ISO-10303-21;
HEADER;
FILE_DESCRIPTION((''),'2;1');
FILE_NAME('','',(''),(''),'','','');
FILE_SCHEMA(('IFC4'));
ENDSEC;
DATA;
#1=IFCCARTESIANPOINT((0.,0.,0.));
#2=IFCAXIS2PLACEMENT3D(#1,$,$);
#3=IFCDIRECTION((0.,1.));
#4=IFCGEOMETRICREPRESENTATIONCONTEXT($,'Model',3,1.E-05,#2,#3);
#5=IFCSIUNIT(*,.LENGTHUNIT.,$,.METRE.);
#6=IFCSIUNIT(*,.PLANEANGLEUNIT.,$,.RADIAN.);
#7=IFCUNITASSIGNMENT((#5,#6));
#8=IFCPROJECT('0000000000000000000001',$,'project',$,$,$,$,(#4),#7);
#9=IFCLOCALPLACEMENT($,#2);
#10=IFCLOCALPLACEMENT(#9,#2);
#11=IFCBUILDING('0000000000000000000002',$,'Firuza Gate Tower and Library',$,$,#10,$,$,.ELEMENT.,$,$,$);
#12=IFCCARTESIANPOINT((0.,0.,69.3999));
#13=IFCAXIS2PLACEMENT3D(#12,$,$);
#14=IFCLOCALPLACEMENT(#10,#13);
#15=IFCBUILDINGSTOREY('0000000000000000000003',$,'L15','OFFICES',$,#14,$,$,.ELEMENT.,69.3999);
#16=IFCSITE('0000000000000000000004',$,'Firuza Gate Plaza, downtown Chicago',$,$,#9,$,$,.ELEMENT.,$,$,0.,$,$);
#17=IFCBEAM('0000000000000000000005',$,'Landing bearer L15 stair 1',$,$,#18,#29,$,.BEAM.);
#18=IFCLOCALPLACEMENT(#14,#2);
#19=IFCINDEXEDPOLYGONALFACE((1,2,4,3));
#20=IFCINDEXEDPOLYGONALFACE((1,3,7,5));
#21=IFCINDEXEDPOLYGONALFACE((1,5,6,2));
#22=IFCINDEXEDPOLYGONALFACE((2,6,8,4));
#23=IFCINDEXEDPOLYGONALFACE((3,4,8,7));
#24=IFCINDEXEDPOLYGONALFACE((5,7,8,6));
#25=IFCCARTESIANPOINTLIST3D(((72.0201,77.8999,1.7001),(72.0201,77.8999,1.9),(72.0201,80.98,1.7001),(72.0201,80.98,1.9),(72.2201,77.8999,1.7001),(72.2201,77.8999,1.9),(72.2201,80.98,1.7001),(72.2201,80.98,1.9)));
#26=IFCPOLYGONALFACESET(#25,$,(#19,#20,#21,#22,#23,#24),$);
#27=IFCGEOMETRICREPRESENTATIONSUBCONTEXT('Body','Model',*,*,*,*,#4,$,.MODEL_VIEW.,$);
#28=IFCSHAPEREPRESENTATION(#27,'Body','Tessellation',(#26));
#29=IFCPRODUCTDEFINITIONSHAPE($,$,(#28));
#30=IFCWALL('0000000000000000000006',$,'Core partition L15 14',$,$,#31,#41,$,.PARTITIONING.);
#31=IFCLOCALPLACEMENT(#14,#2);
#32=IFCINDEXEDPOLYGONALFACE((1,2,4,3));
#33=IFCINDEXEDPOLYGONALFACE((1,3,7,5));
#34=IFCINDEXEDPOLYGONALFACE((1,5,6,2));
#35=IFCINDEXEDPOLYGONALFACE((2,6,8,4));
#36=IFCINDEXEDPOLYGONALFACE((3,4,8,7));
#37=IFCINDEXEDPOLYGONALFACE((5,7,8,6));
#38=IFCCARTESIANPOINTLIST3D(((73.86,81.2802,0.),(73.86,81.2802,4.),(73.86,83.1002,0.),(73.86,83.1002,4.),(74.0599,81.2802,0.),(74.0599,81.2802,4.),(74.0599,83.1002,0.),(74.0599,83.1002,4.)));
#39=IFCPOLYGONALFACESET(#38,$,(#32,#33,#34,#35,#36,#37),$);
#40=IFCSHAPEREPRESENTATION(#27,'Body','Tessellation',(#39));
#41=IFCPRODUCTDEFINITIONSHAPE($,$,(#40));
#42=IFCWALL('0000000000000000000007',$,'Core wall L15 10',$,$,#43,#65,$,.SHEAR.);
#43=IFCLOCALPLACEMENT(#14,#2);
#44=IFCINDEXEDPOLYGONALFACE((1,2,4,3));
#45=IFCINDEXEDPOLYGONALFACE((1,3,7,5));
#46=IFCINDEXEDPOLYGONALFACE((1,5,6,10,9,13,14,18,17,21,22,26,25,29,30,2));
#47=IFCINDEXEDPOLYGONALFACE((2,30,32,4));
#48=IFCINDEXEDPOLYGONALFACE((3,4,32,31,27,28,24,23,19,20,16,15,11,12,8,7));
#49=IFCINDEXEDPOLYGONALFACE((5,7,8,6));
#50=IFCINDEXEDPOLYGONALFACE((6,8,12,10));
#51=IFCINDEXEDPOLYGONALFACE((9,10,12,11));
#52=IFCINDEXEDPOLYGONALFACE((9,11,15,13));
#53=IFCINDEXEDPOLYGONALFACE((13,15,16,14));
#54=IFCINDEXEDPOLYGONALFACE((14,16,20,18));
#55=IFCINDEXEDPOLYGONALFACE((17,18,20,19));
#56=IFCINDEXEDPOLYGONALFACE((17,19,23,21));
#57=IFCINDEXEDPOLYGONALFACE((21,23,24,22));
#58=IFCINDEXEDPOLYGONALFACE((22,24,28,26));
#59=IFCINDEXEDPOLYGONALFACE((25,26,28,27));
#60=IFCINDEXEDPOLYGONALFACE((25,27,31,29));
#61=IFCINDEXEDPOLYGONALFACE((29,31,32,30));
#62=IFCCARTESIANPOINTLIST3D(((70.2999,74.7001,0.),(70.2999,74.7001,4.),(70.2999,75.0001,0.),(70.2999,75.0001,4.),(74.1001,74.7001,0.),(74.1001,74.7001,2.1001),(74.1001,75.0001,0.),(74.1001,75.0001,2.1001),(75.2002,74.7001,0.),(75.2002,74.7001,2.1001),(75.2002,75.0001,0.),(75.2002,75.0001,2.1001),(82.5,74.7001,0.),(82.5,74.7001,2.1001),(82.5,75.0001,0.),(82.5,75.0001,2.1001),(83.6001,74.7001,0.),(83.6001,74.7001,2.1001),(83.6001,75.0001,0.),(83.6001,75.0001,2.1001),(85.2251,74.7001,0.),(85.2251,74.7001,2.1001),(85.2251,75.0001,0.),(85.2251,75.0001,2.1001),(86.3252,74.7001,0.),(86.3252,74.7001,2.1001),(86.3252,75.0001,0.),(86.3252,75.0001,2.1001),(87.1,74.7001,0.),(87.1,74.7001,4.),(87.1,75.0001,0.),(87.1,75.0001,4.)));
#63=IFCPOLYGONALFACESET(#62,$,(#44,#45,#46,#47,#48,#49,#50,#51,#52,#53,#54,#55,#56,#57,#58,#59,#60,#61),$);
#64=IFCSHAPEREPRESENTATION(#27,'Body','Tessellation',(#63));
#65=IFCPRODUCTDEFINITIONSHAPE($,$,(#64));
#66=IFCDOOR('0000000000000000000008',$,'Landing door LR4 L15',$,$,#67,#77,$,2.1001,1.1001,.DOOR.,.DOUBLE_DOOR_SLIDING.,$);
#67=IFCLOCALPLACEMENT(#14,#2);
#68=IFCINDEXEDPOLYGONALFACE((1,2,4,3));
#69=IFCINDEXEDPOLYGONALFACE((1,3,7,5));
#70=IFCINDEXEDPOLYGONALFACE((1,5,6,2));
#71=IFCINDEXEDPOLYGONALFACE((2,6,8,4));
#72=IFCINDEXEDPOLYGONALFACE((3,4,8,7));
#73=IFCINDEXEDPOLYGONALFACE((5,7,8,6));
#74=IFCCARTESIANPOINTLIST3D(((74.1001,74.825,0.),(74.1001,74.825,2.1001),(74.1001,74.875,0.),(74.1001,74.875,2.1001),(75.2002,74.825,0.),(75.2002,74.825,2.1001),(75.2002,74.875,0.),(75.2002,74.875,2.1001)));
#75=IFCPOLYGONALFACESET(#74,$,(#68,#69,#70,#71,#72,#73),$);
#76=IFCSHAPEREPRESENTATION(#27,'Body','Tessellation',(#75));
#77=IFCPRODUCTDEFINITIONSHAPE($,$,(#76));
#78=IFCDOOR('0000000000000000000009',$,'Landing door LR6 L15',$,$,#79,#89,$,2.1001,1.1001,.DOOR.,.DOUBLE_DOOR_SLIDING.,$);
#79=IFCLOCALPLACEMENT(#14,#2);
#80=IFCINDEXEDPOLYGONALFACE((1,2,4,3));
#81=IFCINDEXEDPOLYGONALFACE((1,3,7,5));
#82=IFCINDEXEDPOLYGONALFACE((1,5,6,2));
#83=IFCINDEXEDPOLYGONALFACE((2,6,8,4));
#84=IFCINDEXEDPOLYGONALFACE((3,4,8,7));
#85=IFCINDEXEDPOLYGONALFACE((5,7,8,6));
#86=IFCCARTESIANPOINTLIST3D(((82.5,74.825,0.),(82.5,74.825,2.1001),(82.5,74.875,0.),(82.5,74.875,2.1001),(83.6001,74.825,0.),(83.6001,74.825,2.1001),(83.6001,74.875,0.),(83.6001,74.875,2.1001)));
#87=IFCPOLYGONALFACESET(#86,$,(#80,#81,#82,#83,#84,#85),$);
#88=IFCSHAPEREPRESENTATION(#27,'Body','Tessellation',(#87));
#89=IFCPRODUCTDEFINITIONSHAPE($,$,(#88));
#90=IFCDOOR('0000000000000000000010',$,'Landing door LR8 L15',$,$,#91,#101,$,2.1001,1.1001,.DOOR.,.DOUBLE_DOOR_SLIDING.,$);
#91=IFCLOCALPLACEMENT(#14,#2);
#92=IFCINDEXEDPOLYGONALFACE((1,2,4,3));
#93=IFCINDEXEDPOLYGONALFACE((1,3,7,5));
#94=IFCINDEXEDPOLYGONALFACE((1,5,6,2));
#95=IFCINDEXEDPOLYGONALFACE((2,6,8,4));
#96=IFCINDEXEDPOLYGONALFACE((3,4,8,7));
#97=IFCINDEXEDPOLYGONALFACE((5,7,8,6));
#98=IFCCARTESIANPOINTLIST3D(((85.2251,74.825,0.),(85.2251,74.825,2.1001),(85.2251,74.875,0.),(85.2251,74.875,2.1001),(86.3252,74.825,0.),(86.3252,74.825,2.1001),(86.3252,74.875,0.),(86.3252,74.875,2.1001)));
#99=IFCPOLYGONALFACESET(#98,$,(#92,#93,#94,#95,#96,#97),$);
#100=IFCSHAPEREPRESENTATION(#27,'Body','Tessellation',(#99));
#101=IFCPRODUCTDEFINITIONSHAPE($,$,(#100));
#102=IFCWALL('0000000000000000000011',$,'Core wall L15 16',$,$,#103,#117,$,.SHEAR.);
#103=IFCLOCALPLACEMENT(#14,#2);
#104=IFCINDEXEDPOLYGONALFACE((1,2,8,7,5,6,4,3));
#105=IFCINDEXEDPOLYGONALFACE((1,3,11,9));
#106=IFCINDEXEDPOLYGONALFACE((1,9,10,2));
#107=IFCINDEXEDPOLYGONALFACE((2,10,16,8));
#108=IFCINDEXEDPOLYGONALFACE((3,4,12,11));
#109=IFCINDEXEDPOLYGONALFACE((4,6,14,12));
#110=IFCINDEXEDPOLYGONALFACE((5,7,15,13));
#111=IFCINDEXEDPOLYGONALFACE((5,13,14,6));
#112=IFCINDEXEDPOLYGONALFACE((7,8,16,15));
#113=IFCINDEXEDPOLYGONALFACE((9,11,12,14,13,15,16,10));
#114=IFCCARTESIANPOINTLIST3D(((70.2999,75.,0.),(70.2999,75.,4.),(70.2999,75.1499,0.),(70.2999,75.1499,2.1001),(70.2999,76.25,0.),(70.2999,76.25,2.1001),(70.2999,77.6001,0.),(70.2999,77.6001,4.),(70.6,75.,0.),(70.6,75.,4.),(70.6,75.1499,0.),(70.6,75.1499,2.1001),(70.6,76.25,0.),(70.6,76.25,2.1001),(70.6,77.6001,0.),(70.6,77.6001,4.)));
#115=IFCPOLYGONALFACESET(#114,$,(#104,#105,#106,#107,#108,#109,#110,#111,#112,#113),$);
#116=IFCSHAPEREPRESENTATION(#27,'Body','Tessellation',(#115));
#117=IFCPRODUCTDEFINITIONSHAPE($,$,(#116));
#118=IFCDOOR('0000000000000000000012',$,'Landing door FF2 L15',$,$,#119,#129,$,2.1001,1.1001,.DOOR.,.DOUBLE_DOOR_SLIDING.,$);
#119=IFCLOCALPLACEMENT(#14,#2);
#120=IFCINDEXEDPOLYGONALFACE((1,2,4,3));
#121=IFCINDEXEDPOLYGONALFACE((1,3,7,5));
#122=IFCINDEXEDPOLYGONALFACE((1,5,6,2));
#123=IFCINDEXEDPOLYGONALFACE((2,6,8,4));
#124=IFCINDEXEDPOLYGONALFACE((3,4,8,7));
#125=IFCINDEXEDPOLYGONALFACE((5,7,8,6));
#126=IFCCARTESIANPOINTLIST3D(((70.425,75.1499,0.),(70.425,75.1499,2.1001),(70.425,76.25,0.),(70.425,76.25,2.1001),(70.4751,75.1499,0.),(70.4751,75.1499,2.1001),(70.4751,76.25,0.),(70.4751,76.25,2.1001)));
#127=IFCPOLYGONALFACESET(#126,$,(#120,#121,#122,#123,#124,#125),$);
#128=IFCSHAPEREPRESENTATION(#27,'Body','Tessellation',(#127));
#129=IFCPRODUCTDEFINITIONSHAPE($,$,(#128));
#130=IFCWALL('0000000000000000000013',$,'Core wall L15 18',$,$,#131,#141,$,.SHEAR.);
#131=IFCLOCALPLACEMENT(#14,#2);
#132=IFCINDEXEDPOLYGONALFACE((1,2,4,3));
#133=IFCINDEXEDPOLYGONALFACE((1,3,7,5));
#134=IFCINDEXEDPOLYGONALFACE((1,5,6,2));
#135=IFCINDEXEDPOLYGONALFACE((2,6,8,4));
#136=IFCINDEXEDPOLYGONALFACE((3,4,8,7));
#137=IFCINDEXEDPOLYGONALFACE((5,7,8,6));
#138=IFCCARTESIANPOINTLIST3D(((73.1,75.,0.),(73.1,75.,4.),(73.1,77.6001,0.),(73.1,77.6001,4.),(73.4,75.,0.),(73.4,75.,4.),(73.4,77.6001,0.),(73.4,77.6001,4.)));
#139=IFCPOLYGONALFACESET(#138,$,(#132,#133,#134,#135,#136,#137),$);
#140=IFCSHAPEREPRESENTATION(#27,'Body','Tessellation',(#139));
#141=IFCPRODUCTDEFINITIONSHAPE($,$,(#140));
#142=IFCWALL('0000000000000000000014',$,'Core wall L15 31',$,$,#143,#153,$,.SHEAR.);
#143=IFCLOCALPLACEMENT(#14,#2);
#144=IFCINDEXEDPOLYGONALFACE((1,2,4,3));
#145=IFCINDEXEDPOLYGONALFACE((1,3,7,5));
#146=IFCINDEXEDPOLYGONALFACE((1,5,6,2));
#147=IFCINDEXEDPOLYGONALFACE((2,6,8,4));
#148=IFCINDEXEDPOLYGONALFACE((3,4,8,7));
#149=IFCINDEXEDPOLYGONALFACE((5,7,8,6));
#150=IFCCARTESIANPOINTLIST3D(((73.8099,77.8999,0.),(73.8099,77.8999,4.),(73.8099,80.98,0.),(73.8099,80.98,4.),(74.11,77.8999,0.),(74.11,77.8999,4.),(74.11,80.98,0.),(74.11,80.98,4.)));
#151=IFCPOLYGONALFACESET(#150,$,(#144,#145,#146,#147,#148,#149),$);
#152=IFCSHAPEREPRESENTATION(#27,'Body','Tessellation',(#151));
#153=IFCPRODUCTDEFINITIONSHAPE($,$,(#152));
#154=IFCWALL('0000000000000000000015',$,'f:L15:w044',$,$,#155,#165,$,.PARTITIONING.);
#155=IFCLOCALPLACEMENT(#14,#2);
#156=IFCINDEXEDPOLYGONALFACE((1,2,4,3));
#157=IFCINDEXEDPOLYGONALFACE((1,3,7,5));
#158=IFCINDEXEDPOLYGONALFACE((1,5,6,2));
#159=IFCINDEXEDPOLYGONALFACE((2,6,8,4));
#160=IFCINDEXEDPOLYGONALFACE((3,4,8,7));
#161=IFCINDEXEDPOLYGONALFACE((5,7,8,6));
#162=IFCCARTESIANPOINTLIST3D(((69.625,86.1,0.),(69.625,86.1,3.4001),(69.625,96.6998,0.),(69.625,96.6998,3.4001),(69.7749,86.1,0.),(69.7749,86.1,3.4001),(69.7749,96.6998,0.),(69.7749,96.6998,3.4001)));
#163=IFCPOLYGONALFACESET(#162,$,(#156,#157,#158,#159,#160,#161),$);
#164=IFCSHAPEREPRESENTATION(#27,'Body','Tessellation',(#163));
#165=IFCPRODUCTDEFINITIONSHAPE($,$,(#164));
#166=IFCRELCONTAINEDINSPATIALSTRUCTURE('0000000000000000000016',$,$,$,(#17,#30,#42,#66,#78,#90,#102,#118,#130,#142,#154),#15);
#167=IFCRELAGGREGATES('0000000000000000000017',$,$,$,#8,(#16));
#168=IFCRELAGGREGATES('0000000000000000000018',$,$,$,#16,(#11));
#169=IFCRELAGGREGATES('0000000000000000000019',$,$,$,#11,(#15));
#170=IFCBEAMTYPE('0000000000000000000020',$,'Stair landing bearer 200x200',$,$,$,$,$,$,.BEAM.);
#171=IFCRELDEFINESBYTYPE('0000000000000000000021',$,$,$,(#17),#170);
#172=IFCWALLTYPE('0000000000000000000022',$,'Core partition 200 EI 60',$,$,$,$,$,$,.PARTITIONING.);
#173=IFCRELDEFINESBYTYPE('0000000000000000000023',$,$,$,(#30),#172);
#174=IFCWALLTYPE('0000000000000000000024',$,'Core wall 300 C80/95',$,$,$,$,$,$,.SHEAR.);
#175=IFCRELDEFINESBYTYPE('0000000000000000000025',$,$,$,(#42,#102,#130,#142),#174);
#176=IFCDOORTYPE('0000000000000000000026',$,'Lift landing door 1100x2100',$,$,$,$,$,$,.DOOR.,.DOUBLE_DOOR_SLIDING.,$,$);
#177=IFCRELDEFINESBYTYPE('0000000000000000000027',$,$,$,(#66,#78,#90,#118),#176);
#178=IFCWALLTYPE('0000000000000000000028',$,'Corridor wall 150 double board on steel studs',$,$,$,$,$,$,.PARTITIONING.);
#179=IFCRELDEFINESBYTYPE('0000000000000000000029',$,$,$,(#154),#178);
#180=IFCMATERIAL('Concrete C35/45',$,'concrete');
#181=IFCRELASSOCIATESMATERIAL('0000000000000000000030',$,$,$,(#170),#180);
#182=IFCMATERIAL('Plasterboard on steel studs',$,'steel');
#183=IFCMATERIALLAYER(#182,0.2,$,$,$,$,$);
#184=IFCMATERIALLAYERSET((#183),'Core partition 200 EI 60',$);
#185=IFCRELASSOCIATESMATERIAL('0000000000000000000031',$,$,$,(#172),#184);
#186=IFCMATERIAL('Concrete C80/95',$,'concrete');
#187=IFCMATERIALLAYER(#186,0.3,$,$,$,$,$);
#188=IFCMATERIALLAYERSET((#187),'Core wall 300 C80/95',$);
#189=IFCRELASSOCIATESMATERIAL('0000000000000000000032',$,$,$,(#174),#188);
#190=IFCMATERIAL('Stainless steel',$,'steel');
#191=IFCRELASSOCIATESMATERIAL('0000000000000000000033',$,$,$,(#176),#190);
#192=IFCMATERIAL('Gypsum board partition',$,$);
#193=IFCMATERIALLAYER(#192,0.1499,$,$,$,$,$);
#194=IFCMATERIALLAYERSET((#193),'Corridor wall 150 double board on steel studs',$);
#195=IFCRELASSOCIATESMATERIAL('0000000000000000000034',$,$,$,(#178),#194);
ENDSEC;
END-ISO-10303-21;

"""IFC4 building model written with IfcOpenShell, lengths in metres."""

from ifc_helpers import new_model, si_unit, direction, frame, frame_2d, origin, origin_2d, place, context, subcontext, project, spatial, rectangle, extrude, material, layer, layer_set, material_profile, profile_set, type_object, element, fill, save


model = new_model("IFC4")

# Units and contexts
model_context = context("Model", 3, precision=1e-05, world=origin(), true_north=direction((0.0, 1.0)))
body_context = subcontext(model_context, "Body", "Model", "MODEL_VIEW")
ifc_project = project(units=[si_unit("LENGTHUNIT", "METRE"), si_unit("PLANEANGLEUNIT", "RADIAN")], contexts=[model_context])

# Site, building, storey
site_placement = place(None, origin())
site = spatial("IfcSite", under=ifc_project, at=site_placement, Name="Firuza Gate Plaza, downtown Chicago", CompositionType="ELEMENT", RefElevation=0.0)
building_placement = place(site_placement, origin())
building = spatial("IfcBuilding", under=site, at=building_placement, Name="Firuza Gate Tower and Library", CompositionType="ELEMENT")
storey_placement = place(building_placement, frame((0.0, 0.0, 69.3999)))
storey = spatial("IfcBuildingStorey", under=building, at=storey_placement, Name="L15", Description="OFFICES", CompositionType="ELEMENT", Elevation=69.3999)

# Beam
ifc_material_1 = material(Name="Concrete C35/45", Category="concrete")
ifc_material_profile = material_profile(ifc_material_1, rectangle(XDim=0.2, YDim=0.2, at=origin_2d()))
ifc_profile_set = profile_set([ifc_material_profile], Name="Concrete C35/45")
beam_type = type_object("IfcBeamType", Name="Stair landing bearer 200x200", PredefinedType="BEAM", material=ifc_profile_set)
beam_placement = place(storey_placement, frame((72.1201, 77.8999, 1.8), z_axis=(0.0, 1.0, 0.0), x_axis=(-1.0, 0.0, 0.0)))
element("IfcBeam", 1, at=beam_placement, inside=storey, type_object=beam_type, Name="Landing bearer L15 stair 1", PredefinedType="BEAM", context=body_context, shape_type="SweptSolid", body=[
    extrude(rectangle(XDim=0.2, YDim=0.2, at=origin_2d()), origin(), (0.0, 0.0, 1.0), 3.0801),
])

# Wall
ifc_material_2 = material(Name="Plasterboard on steel studs", Category="steel")
ifc_layer_1 = layer(ifc_material_2, 0.2)
ifc_layer_set_1 = layer_set([ifc_layer_1], Name="Core partition 200 EI 60")
wall_type_1 = type_object("IfcWallType", Name="Core partition 200 EI 60", PredefinedType="PARTITIONING", material=ifc_layer_set_1)
wall_1_placement = place(storey_placement, frame((73.96, 81.28, 0.0), z_axis=(0.0, 0.0, 1.0), x_axis=(0.0, 1.0, 0.0)))
element("IfcWall", 2, at=wall_1_placement, inside=storey, type_object=wall_type_1, Name="Core partition L15 14", PredefinedType="PARTITIONING", context=body_context, shape_type="SweptSolid", body=[
    extrude(rectangle(XDim=1.8201, YDim=0.2, at=frame_2d((0.9102, 0.0))), origin(), (0.0, 0.0, 1.0), 4.0),
])

# Wall, openings, doors
ifc_material_3 = material(Name="Concrete C80/95", Category="concrete")
ifc_layer_2 = layer(ifc_material_3, 0.3)
ifc_layer_set_2 = layer_set([ifc_layer_2], Name="Core wall 300 C80/95")
wall_type_2 = type_object("IfcWallType", Name="Core wall 300 C80/95", PredefinedType="SHEAR", material=ifc_layer_set_2)
wall_2_placement = place(storey_placement, frame((70.3, 74.8501, 0.0), z_axis=(0.0, 0.0, 1.0), x_axis=(1.0, 0.0, 0.0)))
wall_2 = element("IfcWall", 3, at=wall_2_placement, inside=storey, type_object=wall_type_2, Name="Core wall L15 10", PredefinedType="SHEAR", context=body_context, shape_type="SweptSolid", body=[
    extrude(rectangle(XDim=16.8, YDim=0.3, at=frame_2d((8.3999, 0.0))), origin(), (0.0, 0.0, 1.0), 4.0),
])
opening_1_placement = place(wall_2_placement, frame((3.8, 0.0, 0.0)))
opening_1 = element("IfcOpeningElement", 4, at=opening_1_placement, cuts=wall_2, PredefinedType="OPENING", context=body_context, shape_type="SweptSolid", body=[
    extrude(rectangle(XDim=1.1001, YDim=2.1001, at=frame_2d((0.55, 1.05))), frame((0.0, 0.1602, 0.0), z_axis=(0.0, -1.0, 0.0), x_axis=(1.0, 0.0, 0.0)), (0.0, 0.0, 1.0), 0.3201),
])
opening_2_placement = place(wall_2_placement, frame((12.2, 0.0, 0.0)))
opening_2 = element("IfcOpeningElement", 5, at=opening_2_placement, cuts=wall_2, PredefinedType="OPENING", context=body_context, shape_type="SweptSolid", body=[
    extrude(rectangle(XDim=1.1001, YDim=2.1001, at=frame_2d((0.55, 1.05))), frame((0.0, 0.1602, 0.0), z_axis=(0.0, -1.0, 0.0), x_axis=(1.0, 0.0, 0.0)), (0.0, 0.0, 1.0), 0.3201),
])
opening_3_placement = place(wall_2_placement, frame((14.925, 0.0, 0.0)))
opening_3 = element("IfcOpeningElement", 6, at=opening_3_placement, cuts=wall_2, PredefinedType="OPENING", context=body_context, shape_type="SweptSolid", body=[
    extrude(rectangle(XDim=1.1001, YDim=2.1001, at=frame_2d((0.55, 1.05))), frame((0.0, 0.1602, 0.0), z_axis=(0.0, -1.0, 0.0), x_axis=(1.0, 0.0, 0.0)), (0.0, 0.0, 1.0), 0.3201),
])
ifc_material_4 = material(Name="Stainless steel", Category="steel")
door_type = type_object("IfcDoorType", Name="Lift landing door 1100x2100", OperationType="DOUBLE_DOOR_SLIDING", PredefinedType="DOOR", material=ifc_material_4)
door_1_placement = place(opening_1_placement, origin())
door_1 = element("IfcDoor", 7, at=door_1_placement, inside=storey, type_object=door_type, Name="Landing door LR4 L15", OperationType="DOUBLE_DOOR_SLIDING", OverallHeight=2.1001, OverallWidth=1.1001, PredefinedType="DOOR", context=body_context, shape_type="SweptSolid", body=[
    extrude(rectangle(XDim=1.1001, YDim=2.1001, at=frame_2d((0.55, 1.05))), frame((0.0, 0.0249, 0.0), z_axis=(0.0, -1.0, 0.0), x_axis=(1.0, 0.0, 0.0)), (0.0, 0.0, 1.0), 0.05),
])
fill(opening_1, door_1)
door_2_placement = place(opening_2_placement, origin())
door_2 = element("IfcDoor", 8, at=door_2_placement, inside=storey, type_object=door_type, Name="Landing door LR6 L15", OperationType="DOUBLE_DOOR_SLIDING", OverallHeight=2.1001, OverallWidth=1.1001, PredefinedType="DOOR", context=body_context, shape_type="SweptSolid", body=[
    extrude(rectangle(XDim=1.1001, YDim=2.1001, at=frame_2d((0.55, 1.05))), frame((0.0, 0.0249, 0.0), z_axis=(0.0, -1.0, 0.0), x_axis=(1.0, 0.0, 0.0)), (0.0, 0.0, 1.0), 0.05),
])
fill(opening_2, door_2)
door_3_placement = place(opening_3_placement, origin())
door_3 = element("IfcDoor", 9, at=door_3_placement, inside=storey, type_object=door_type, Name="Landing door LR8 L15", OperationType="DOUBLE_DOOR_SLIDING", OverallHeight=2.1001, OverallWidth=1.1001, PredefinedType="DOOR", context=body_context, shape_type="SweptSolid", body=[
    extrude(rectangle(XDim=1.1001, YDim=2.1001, at=frame_2d((0.55, 1.05))), frame((0.0, 0.0249, 0.0), z_axis=(0.0, -1.0, 0.0), x_axis=(1.0, 0.0, 0.0)), (0.0, 0.0, 1.0), 0.05),
])
fill(opening_3, door_3)

# Wall, opening, door
wall_3_placement = place(storey_placement, frame((70.45, 75.0, 0.0), z_axis=(0.0, 0.0, 1.0), x_axis=(0.0, 1.0, 0.0)))
wall_3 = element("IfcWall", 10, at=wall_3_placement, inside=storey, type_object=wall_type_2, Name="Core wall L15 16", PredefinedType="SHEAR", context=body_context, shape_type="SweptSolid", body=[
    extrude(rectangle(XDim=2.6001, YDim=0.3, at=frame_2d((1.3, 0.0))), origin(), (0.0, 0.0, 1.0), 4.0),
])
opening_4_placement = place(wall_3_placement, frame((0.1499, 0.0, 0.0)))
opening_4 = element("IfcOpeningElement", 11, at=opening_4_placement, cuts=wall_3, PredefinedType="OPENING", context=body_context, shape_type="SweptSolid", body=[
    extrude(rectangle(XDim=1.1001, YDim=2.1001, at=frame_2d((0.55, 1.05))), frame((0.0, 0.1602, 0.0), z_axis=(0.0, -1.0, 0.0), x_axis=(1.0, 0.0, 0.0)), (0.0, 0.0, 1.0), 0.3201),
])
door_4_placement = place(opening_4_placement, origin())
door_4 = element("IfcDoor", 12, at=door_4_placement, inside=storey, type_object=door_type, Name="Landing door FF2 L15", OperationType="DOUBLE_DOOR_SLIDING", OverallHeight=2.1001, OverallWidth=1.1001, PredefinedType="DOOR", context=body_context, shape_type="SweptSolid", body=[
    extrude(rectangle(XDim=1.1001, YDim=2.1001, at=frame_2d((0.55, 1.05))), frame((0.0, 0.0249, 0.0), z_axis=(0.0, -1.0, 0.0), x_axis=(1.0, 0.0, 0.0)), (0.0, 0.0, 1.0), 0.05),
])
fill(opening_4, door_4)

# Walls
wall_4_placement = place(storey_placement, frame((73.25, 75.0, 0.0), z_axis=(0.0, 0.0, 1.0), x_axis=(0.0, 1.0, 0.0)))
element("IfcWall", 13, at=wall_4_placement, inside=storey, type_object=wall_type_2, Name="Core wall L15 18", PredefinedType="SHEAR", context=body_context, shape_type="SweptSolid", body=[
    extrude(rectangle(XDim=2.6001, YDim=0.3, at=frame_2d((1.3, 0.0))), origin(), (0.0, 0.0, 1.0), 4.0),
])
wall_5_placement = place(storey_placement, frame((73.96, 77.8999, 0.0), z_axis=(0.0, 0.0, 1.0), x_axis=(0.0, 1.0, 0.0)))
element("IfcWall", 14, at=wall_5_placement, inside=storey, type_object=wall_type_2, Name="Core wall L15 31", PredefinedType="SHEAR", context=body_context, shape_type="SweptSolid", body=[
    extrude(rectangle(XDim=3.0801, YDim=0.3, at=frame_2d((1.54, 0.0))), origin(), (0.0, 0.0, 1.0), 4.0),
])
ifc_material_5 = material(Name="Gypsum board partition")
ifc_layer_3 = layer(ifc_material_5, 0.1499)
ifc_layer_set_3 = layer_set([ifc_layer_3], Name="Corridor wall 150 double board on steel studs")
wall_type_3 = type_object("IfcWallType", Name="Corridor wall 150 double board on steel studs", PredefinedType="PARTITIONING", material=ifc_layer_set_3)
wall_6_placement = place(storey_placement, frame((69.7, 86.1001, 0.0), z_axis=(0.0, 0.0, 1.0), x_axis=(0.0, 1.0, 0.0)))
element("IfcWall", 15, at=wall_6_placement, inside=storey, type_object=wall_type_3, Name="f:L15:w044", PredefinedType="PARTITIONING", context=body_context, shape_type="SweptSolid", body=[
    extrude(rectangle(XDim=10.5999, YDim=0.1499, at=frame_2d((5.2998, 0.0))), origin(), (0.0, 0.0, 1.0), 3.4001),
])

save(model, "model.ifc")
